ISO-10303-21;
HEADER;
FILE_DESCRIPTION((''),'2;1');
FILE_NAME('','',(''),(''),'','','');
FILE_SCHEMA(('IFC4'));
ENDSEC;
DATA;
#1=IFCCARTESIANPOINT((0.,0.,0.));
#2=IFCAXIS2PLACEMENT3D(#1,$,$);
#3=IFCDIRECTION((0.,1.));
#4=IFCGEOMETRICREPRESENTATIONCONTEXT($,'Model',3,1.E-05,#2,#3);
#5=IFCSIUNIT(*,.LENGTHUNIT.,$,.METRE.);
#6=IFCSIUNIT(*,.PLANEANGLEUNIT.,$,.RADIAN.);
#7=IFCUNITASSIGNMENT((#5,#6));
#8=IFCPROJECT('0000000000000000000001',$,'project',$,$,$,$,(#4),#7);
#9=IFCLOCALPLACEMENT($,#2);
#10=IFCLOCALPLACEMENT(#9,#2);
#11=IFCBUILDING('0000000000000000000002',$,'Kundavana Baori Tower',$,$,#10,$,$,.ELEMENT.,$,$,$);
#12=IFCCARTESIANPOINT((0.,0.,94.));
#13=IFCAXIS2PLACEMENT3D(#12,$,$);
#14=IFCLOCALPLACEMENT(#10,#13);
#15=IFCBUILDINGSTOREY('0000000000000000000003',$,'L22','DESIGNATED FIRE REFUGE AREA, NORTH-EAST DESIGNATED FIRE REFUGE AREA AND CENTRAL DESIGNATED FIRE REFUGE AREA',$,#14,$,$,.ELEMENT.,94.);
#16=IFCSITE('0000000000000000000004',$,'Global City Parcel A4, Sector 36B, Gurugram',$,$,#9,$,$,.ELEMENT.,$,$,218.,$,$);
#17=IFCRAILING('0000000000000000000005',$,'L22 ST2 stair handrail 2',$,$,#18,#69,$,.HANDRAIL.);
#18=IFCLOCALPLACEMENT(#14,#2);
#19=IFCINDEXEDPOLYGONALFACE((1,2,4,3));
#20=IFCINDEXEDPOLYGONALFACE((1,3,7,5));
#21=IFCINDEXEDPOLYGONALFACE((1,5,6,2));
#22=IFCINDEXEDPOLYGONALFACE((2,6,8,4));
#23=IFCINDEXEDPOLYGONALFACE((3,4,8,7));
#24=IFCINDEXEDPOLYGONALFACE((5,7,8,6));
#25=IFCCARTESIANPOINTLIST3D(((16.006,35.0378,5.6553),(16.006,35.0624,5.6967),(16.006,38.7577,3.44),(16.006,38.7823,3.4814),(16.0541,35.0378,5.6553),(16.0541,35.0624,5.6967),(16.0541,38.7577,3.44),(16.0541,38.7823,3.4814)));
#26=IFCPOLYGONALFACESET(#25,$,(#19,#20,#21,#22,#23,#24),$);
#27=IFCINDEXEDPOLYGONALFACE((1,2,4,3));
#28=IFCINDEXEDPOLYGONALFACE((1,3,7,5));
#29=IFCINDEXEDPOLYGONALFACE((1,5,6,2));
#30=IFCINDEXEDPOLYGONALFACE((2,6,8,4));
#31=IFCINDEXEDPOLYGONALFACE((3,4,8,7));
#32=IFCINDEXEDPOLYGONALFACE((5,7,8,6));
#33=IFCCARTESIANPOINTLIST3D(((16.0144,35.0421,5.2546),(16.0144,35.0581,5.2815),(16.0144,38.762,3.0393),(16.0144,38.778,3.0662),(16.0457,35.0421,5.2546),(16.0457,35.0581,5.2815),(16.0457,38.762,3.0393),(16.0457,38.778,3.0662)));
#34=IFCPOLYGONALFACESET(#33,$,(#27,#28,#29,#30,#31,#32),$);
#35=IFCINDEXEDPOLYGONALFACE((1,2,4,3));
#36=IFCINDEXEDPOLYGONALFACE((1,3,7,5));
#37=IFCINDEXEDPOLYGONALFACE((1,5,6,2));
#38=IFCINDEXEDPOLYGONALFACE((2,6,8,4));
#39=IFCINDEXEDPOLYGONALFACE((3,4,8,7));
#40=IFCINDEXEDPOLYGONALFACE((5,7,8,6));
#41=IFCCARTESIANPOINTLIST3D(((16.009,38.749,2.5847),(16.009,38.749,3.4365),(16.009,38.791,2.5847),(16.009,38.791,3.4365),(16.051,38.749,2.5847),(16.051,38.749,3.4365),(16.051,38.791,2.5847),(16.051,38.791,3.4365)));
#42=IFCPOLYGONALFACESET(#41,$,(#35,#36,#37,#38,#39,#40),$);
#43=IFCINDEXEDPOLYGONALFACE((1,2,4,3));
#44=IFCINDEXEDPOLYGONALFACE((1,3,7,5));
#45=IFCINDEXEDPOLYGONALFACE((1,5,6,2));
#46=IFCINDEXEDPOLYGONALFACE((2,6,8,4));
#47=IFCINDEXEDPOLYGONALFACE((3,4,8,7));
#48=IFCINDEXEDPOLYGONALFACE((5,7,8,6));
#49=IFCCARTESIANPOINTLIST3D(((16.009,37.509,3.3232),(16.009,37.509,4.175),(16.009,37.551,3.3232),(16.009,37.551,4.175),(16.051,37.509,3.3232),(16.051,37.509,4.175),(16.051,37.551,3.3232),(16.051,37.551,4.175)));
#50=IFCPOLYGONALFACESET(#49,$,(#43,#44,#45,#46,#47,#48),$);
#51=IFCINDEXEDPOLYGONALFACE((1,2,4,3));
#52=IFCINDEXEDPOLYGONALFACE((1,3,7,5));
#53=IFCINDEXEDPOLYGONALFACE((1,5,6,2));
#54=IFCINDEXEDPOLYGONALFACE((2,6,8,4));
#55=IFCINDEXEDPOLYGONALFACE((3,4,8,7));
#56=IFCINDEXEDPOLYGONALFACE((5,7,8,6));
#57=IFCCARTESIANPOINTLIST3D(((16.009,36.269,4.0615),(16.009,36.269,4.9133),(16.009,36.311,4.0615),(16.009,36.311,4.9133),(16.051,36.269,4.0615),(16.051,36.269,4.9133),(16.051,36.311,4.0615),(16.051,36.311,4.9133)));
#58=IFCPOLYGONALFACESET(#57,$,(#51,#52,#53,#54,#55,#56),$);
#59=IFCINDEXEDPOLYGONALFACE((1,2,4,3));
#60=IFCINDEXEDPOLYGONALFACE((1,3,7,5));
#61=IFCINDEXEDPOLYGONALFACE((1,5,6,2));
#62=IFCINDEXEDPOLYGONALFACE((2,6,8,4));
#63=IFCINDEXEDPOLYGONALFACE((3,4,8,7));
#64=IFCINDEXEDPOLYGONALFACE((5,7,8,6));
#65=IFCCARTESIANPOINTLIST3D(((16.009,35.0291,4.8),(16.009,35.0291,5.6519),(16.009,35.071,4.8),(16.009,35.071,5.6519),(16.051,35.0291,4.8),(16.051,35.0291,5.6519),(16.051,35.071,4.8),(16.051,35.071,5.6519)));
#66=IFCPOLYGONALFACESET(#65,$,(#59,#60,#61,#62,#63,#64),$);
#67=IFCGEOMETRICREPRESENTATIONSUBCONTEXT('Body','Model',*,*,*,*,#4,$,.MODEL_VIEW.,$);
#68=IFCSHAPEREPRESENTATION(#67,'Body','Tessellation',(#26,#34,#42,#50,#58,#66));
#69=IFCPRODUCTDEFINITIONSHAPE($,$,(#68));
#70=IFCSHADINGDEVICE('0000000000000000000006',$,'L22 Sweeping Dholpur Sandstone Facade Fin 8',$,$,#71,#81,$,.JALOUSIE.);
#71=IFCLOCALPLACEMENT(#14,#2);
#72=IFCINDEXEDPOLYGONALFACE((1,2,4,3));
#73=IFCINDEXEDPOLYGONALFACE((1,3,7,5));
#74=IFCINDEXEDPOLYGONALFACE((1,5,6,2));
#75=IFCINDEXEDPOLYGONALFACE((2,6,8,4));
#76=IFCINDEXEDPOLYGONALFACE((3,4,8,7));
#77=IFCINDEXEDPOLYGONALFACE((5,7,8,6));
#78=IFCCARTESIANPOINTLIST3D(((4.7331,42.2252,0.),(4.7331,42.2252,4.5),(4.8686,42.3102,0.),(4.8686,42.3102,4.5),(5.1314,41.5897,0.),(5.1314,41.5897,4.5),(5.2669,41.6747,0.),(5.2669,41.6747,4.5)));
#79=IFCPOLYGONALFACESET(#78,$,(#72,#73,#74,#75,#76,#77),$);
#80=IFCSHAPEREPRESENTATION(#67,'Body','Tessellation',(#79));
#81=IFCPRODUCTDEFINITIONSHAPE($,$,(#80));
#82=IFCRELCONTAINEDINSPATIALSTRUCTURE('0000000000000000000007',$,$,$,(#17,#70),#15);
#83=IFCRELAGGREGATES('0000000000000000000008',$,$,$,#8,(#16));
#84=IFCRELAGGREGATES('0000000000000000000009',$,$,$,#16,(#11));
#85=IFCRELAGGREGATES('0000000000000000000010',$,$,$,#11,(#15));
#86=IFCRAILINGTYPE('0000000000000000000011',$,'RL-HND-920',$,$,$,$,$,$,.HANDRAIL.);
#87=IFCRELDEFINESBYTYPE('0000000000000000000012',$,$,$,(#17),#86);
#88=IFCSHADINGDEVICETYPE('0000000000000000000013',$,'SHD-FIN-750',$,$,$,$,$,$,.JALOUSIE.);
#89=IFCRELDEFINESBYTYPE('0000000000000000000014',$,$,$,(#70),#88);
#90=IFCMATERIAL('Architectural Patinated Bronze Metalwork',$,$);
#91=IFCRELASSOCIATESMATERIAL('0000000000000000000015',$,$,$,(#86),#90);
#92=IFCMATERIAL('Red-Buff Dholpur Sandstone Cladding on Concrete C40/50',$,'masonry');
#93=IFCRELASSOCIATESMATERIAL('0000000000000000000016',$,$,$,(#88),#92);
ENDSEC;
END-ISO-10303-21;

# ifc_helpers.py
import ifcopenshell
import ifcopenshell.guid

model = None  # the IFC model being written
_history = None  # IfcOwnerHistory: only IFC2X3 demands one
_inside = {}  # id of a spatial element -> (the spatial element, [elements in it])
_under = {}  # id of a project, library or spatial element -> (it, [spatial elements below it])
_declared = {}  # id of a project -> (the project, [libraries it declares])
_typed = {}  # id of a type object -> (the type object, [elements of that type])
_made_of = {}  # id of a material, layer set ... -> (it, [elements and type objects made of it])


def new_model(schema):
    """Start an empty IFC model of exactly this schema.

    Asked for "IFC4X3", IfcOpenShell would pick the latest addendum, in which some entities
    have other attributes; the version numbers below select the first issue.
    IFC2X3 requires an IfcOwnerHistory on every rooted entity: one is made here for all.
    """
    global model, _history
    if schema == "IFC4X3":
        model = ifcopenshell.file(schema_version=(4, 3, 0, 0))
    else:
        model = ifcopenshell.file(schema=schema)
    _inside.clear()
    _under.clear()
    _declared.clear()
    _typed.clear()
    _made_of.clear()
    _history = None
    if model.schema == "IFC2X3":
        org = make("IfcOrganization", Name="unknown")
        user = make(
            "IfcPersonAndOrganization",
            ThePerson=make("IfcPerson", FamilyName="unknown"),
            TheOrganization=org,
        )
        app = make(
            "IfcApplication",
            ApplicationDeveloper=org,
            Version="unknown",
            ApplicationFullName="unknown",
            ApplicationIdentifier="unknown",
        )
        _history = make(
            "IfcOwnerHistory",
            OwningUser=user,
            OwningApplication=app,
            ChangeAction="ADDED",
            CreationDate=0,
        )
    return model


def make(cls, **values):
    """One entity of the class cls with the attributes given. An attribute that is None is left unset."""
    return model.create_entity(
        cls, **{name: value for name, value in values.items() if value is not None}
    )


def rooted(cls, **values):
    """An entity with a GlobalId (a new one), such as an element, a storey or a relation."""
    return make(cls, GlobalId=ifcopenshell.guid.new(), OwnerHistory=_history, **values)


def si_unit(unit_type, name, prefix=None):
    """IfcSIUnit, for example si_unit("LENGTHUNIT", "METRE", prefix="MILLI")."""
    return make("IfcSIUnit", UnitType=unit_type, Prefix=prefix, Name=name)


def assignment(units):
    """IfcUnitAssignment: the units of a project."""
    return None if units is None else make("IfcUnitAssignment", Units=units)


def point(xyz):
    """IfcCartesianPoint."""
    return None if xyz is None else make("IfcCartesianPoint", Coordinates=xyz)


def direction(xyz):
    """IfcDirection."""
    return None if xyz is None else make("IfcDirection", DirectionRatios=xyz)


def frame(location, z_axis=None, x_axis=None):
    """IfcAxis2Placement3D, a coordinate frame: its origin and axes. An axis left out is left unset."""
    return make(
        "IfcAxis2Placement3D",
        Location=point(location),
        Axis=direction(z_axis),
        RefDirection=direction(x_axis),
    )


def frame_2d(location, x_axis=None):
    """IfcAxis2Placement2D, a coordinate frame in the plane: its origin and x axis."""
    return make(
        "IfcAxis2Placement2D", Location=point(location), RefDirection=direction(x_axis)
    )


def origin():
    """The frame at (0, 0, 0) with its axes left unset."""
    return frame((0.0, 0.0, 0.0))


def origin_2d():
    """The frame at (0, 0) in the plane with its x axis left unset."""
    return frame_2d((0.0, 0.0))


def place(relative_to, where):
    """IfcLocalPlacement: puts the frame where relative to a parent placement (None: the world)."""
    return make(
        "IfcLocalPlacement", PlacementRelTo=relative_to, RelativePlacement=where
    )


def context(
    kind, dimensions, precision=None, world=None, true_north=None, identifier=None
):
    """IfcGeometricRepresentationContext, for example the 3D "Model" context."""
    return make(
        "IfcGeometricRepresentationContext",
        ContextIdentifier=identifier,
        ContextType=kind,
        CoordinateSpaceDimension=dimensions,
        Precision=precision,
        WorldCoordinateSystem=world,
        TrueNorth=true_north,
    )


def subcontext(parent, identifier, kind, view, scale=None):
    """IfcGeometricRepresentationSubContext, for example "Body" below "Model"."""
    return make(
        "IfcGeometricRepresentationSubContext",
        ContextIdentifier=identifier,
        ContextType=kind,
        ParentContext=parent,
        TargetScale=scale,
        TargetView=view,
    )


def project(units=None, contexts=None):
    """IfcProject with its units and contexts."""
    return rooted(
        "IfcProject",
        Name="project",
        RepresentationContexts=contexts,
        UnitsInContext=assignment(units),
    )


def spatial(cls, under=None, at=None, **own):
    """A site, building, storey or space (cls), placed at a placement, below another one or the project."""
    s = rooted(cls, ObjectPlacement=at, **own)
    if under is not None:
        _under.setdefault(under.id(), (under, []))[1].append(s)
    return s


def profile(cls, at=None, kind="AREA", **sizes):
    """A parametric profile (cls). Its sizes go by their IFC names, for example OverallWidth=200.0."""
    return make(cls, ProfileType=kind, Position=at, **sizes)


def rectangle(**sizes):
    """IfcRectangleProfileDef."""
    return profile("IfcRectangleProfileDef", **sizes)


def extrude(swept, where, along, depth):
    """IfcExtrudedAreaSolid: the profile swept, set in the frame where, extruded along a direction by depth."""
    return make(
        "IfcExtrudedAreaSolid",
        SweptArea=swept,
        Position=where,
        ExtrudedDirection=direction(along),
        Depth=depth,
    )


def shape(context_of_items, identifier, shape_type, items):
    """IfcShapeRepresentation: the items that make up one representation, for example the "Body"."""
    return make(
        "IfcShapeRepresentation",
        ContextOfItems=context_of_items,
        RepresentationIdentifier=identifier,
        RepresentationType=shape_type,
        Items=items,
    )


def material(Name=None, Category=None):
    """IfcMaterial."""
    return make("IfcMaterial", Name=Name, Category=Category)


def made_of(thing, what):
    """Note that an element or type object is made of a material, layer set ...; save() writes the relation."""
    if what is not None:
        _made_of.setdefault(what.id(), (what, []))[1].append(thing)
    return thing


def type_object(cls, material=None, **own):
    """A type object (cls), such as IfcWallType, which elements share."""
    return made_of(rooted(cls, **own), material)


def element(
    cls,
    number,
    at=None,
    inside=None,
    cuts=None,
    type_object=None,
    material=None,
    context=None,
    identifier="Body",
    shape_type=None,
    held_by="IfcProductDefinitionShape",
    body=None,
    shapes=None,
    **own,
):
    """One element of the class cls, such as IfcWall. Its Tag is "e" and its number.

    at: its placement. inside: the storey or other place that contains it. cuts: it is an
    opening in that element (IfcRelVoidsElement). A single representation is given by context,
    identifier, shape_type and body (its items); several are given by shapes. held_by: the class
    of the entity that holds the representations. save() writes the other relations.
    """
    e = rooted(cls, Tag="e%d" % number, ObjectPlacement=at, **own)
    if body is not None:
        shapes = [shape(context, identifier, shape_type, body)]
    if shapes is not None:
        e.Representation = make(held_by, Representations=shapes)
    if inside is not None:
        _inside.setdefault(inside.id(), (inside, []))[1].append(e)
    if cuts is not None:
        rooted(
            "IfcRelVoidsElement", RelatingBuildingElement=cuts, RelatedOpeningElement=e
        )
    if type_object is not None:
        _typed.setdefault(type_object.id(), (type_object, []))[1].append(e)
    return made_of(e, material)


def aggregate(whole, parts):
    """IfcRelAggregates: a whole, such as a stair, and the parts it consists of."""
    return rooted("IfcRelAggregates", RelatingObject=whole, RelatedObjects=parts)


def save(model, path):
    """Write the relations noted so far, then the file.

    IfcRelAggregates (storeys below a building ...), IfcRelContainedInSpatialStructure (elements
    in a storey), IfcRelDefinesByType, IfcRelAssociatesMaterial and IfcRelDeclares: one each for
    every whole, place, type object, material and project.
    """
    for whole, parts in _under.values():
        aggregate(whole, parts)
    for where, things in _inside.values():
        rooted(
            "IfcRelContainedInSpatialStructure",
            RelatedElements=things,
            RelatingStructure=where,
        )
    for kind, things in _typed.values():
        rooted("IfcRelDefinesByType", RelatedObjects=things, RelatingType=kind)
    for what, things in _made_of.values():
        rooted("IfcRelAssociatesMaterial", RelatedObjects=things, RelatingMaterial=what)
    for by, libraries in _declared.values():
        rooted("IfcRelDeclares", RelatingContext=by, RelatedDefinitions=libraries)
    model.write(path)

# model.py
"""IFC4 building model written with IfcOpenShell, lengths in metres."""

from ifc_helpers import new_model, si_unit, direction, frame, origin, origin_2d, place, context, subcontext, project, spatial, rectangle, extrude, material, type_object, element, save


model = new_model("IFC4")

# Units and contexts
model_context = context("Model", 3, precision=1e-05, world=origin(), true_north=direction((0.0, 1.0)))
body_context = subcontext(model_context, "Body", "Model", "MODEL_VIEW")
ifc_project = project(units=[si_unit("LENGTHUNIT", "METRE"), si_unit("PLANEANGLEUNIT", "RADIAN")], contexts=[model_context])

# Site, building, storey
site_placement = place(None, origin())
site = spatial("IfcSite", under=ifc_project, at=site_placement, Name="Global City Parcel A4, Sector 36B, Gurugram", CompositionType="ELEMENT", RefElevation=218.0)
building_placement = place(site_placement, origin())
building = spatial("IfcBuilding", under=site, at=building_placement, Name="Kundavana Baori Tower", CompositionType="ELEMENT")
storey_placement = place(building_placement, frame((0.0, 0.0, 94.0)))
storey = spatial("IfcBuildingStorey", under=building, at=storey_placement, Name="L22", Description="DESIGNATED FIRE REFUGE AREA, NORTH-EAST DESIGNATED FIRE REFUGE AREA AND CENTRAL DESIGNATED FIRE REFUGE AREA", CompositionType="ELEMENT", Elevation=94.0)

# Railing
ifc_material_1 = material(Name="Architectural Patinated Bronze Metalwork")
railing_type = type_object("IfcRailingType", Name="RL-HND-920", PredefinedType="HANDRAIL", material=ifc_material_1)
railing_placement = place(storey_placement, frame((16.03, 38.77, 2.5847)))
element("IfcRailing", 1, at=railing_placement, inside=storey, type_object=railing_type, Name="L22 ST2 stair handrail 2", PredefinedType="HANDRAIL", context=body_context, shape_type="SweptSolid", body=[
    extrude(rectangle(XDim=0.0481, YDim=0.0481, at=origin_2d()), frame((0.0, 0.0, 0.876), z_axis=(0.0, -0.859185, 0.511665), x_axis=(1.0, 0.0, 0.0)), (0.0, 0.0, 1.0), 4.3296),
    extrude(rectangle(XDim=0.0312, YDim=0.0312, at=origin_2d()), frame((0.0, 0.0, 0.468), z_axis=(0.0, -0.859185, 0.511665), x_axis=(1.0, 0.0, 0.0)), (0.0, 0.0, 1.0), 4.3296),
    extrude(rectangle(XDim=0.042, YDim=0.042, at=origin_2d()), origin(), (0.0, 0.0, 1.0), 0.8518),
    extrude(rectangle(XDim=0.042, YDim=0.042, at=origin_2d()), frame((0.0, -1.24, 0.7385)), (0.0, 0.0, 1.0), 0.8518),
    extrude(rectangle(XDim=0.042, YDim=0.042, at=origin_2d()), frame((0.0, -2.48, 1.4768)), (0.0, 0.0, 1.0), 0.8518),
    extrude(rectangle(XDim=0.042, YDim=0.042, at=origin_2d()), frame((0.0, -3.72, 2.2153)), (0.0, 0.0, 1.0), 0.8518),
])

# Shading device
ifc_material_2 = material(Name="Red-Buff Dholpur Sandstone Cladding on Concrete C40/50", Category="masonry")
shading_device_type = type_object("IfcShadingDeviceType", Name="SHD-FIN-750", PredefinedType="JALOUSIE", material=ifc_material_2)
shading_device_placement = place(storey_placement, frame((5.0, 41.95, 0.0), z_axis=(0.0, 0.0, 1.0), x_axis=(0.847307, 0.531103, 0.0)))
element("IfcShadingDevice", 2, at=shading_device_placement, inside=storey, type_object=shading_device_type, Name="L22 Sweeping Dholpur Sandstone Facade Fin 8", PredefinedType="JALOUSIE", context=body_context, shape_type="SweptSolid", body=[
    extrude(rectangle(XDim=0.1599, YDim=0.75, at=origin_2d()), origin(), (0.0, 0.0, 1.0), 4.5),
])

save(model, "model.ifc")
